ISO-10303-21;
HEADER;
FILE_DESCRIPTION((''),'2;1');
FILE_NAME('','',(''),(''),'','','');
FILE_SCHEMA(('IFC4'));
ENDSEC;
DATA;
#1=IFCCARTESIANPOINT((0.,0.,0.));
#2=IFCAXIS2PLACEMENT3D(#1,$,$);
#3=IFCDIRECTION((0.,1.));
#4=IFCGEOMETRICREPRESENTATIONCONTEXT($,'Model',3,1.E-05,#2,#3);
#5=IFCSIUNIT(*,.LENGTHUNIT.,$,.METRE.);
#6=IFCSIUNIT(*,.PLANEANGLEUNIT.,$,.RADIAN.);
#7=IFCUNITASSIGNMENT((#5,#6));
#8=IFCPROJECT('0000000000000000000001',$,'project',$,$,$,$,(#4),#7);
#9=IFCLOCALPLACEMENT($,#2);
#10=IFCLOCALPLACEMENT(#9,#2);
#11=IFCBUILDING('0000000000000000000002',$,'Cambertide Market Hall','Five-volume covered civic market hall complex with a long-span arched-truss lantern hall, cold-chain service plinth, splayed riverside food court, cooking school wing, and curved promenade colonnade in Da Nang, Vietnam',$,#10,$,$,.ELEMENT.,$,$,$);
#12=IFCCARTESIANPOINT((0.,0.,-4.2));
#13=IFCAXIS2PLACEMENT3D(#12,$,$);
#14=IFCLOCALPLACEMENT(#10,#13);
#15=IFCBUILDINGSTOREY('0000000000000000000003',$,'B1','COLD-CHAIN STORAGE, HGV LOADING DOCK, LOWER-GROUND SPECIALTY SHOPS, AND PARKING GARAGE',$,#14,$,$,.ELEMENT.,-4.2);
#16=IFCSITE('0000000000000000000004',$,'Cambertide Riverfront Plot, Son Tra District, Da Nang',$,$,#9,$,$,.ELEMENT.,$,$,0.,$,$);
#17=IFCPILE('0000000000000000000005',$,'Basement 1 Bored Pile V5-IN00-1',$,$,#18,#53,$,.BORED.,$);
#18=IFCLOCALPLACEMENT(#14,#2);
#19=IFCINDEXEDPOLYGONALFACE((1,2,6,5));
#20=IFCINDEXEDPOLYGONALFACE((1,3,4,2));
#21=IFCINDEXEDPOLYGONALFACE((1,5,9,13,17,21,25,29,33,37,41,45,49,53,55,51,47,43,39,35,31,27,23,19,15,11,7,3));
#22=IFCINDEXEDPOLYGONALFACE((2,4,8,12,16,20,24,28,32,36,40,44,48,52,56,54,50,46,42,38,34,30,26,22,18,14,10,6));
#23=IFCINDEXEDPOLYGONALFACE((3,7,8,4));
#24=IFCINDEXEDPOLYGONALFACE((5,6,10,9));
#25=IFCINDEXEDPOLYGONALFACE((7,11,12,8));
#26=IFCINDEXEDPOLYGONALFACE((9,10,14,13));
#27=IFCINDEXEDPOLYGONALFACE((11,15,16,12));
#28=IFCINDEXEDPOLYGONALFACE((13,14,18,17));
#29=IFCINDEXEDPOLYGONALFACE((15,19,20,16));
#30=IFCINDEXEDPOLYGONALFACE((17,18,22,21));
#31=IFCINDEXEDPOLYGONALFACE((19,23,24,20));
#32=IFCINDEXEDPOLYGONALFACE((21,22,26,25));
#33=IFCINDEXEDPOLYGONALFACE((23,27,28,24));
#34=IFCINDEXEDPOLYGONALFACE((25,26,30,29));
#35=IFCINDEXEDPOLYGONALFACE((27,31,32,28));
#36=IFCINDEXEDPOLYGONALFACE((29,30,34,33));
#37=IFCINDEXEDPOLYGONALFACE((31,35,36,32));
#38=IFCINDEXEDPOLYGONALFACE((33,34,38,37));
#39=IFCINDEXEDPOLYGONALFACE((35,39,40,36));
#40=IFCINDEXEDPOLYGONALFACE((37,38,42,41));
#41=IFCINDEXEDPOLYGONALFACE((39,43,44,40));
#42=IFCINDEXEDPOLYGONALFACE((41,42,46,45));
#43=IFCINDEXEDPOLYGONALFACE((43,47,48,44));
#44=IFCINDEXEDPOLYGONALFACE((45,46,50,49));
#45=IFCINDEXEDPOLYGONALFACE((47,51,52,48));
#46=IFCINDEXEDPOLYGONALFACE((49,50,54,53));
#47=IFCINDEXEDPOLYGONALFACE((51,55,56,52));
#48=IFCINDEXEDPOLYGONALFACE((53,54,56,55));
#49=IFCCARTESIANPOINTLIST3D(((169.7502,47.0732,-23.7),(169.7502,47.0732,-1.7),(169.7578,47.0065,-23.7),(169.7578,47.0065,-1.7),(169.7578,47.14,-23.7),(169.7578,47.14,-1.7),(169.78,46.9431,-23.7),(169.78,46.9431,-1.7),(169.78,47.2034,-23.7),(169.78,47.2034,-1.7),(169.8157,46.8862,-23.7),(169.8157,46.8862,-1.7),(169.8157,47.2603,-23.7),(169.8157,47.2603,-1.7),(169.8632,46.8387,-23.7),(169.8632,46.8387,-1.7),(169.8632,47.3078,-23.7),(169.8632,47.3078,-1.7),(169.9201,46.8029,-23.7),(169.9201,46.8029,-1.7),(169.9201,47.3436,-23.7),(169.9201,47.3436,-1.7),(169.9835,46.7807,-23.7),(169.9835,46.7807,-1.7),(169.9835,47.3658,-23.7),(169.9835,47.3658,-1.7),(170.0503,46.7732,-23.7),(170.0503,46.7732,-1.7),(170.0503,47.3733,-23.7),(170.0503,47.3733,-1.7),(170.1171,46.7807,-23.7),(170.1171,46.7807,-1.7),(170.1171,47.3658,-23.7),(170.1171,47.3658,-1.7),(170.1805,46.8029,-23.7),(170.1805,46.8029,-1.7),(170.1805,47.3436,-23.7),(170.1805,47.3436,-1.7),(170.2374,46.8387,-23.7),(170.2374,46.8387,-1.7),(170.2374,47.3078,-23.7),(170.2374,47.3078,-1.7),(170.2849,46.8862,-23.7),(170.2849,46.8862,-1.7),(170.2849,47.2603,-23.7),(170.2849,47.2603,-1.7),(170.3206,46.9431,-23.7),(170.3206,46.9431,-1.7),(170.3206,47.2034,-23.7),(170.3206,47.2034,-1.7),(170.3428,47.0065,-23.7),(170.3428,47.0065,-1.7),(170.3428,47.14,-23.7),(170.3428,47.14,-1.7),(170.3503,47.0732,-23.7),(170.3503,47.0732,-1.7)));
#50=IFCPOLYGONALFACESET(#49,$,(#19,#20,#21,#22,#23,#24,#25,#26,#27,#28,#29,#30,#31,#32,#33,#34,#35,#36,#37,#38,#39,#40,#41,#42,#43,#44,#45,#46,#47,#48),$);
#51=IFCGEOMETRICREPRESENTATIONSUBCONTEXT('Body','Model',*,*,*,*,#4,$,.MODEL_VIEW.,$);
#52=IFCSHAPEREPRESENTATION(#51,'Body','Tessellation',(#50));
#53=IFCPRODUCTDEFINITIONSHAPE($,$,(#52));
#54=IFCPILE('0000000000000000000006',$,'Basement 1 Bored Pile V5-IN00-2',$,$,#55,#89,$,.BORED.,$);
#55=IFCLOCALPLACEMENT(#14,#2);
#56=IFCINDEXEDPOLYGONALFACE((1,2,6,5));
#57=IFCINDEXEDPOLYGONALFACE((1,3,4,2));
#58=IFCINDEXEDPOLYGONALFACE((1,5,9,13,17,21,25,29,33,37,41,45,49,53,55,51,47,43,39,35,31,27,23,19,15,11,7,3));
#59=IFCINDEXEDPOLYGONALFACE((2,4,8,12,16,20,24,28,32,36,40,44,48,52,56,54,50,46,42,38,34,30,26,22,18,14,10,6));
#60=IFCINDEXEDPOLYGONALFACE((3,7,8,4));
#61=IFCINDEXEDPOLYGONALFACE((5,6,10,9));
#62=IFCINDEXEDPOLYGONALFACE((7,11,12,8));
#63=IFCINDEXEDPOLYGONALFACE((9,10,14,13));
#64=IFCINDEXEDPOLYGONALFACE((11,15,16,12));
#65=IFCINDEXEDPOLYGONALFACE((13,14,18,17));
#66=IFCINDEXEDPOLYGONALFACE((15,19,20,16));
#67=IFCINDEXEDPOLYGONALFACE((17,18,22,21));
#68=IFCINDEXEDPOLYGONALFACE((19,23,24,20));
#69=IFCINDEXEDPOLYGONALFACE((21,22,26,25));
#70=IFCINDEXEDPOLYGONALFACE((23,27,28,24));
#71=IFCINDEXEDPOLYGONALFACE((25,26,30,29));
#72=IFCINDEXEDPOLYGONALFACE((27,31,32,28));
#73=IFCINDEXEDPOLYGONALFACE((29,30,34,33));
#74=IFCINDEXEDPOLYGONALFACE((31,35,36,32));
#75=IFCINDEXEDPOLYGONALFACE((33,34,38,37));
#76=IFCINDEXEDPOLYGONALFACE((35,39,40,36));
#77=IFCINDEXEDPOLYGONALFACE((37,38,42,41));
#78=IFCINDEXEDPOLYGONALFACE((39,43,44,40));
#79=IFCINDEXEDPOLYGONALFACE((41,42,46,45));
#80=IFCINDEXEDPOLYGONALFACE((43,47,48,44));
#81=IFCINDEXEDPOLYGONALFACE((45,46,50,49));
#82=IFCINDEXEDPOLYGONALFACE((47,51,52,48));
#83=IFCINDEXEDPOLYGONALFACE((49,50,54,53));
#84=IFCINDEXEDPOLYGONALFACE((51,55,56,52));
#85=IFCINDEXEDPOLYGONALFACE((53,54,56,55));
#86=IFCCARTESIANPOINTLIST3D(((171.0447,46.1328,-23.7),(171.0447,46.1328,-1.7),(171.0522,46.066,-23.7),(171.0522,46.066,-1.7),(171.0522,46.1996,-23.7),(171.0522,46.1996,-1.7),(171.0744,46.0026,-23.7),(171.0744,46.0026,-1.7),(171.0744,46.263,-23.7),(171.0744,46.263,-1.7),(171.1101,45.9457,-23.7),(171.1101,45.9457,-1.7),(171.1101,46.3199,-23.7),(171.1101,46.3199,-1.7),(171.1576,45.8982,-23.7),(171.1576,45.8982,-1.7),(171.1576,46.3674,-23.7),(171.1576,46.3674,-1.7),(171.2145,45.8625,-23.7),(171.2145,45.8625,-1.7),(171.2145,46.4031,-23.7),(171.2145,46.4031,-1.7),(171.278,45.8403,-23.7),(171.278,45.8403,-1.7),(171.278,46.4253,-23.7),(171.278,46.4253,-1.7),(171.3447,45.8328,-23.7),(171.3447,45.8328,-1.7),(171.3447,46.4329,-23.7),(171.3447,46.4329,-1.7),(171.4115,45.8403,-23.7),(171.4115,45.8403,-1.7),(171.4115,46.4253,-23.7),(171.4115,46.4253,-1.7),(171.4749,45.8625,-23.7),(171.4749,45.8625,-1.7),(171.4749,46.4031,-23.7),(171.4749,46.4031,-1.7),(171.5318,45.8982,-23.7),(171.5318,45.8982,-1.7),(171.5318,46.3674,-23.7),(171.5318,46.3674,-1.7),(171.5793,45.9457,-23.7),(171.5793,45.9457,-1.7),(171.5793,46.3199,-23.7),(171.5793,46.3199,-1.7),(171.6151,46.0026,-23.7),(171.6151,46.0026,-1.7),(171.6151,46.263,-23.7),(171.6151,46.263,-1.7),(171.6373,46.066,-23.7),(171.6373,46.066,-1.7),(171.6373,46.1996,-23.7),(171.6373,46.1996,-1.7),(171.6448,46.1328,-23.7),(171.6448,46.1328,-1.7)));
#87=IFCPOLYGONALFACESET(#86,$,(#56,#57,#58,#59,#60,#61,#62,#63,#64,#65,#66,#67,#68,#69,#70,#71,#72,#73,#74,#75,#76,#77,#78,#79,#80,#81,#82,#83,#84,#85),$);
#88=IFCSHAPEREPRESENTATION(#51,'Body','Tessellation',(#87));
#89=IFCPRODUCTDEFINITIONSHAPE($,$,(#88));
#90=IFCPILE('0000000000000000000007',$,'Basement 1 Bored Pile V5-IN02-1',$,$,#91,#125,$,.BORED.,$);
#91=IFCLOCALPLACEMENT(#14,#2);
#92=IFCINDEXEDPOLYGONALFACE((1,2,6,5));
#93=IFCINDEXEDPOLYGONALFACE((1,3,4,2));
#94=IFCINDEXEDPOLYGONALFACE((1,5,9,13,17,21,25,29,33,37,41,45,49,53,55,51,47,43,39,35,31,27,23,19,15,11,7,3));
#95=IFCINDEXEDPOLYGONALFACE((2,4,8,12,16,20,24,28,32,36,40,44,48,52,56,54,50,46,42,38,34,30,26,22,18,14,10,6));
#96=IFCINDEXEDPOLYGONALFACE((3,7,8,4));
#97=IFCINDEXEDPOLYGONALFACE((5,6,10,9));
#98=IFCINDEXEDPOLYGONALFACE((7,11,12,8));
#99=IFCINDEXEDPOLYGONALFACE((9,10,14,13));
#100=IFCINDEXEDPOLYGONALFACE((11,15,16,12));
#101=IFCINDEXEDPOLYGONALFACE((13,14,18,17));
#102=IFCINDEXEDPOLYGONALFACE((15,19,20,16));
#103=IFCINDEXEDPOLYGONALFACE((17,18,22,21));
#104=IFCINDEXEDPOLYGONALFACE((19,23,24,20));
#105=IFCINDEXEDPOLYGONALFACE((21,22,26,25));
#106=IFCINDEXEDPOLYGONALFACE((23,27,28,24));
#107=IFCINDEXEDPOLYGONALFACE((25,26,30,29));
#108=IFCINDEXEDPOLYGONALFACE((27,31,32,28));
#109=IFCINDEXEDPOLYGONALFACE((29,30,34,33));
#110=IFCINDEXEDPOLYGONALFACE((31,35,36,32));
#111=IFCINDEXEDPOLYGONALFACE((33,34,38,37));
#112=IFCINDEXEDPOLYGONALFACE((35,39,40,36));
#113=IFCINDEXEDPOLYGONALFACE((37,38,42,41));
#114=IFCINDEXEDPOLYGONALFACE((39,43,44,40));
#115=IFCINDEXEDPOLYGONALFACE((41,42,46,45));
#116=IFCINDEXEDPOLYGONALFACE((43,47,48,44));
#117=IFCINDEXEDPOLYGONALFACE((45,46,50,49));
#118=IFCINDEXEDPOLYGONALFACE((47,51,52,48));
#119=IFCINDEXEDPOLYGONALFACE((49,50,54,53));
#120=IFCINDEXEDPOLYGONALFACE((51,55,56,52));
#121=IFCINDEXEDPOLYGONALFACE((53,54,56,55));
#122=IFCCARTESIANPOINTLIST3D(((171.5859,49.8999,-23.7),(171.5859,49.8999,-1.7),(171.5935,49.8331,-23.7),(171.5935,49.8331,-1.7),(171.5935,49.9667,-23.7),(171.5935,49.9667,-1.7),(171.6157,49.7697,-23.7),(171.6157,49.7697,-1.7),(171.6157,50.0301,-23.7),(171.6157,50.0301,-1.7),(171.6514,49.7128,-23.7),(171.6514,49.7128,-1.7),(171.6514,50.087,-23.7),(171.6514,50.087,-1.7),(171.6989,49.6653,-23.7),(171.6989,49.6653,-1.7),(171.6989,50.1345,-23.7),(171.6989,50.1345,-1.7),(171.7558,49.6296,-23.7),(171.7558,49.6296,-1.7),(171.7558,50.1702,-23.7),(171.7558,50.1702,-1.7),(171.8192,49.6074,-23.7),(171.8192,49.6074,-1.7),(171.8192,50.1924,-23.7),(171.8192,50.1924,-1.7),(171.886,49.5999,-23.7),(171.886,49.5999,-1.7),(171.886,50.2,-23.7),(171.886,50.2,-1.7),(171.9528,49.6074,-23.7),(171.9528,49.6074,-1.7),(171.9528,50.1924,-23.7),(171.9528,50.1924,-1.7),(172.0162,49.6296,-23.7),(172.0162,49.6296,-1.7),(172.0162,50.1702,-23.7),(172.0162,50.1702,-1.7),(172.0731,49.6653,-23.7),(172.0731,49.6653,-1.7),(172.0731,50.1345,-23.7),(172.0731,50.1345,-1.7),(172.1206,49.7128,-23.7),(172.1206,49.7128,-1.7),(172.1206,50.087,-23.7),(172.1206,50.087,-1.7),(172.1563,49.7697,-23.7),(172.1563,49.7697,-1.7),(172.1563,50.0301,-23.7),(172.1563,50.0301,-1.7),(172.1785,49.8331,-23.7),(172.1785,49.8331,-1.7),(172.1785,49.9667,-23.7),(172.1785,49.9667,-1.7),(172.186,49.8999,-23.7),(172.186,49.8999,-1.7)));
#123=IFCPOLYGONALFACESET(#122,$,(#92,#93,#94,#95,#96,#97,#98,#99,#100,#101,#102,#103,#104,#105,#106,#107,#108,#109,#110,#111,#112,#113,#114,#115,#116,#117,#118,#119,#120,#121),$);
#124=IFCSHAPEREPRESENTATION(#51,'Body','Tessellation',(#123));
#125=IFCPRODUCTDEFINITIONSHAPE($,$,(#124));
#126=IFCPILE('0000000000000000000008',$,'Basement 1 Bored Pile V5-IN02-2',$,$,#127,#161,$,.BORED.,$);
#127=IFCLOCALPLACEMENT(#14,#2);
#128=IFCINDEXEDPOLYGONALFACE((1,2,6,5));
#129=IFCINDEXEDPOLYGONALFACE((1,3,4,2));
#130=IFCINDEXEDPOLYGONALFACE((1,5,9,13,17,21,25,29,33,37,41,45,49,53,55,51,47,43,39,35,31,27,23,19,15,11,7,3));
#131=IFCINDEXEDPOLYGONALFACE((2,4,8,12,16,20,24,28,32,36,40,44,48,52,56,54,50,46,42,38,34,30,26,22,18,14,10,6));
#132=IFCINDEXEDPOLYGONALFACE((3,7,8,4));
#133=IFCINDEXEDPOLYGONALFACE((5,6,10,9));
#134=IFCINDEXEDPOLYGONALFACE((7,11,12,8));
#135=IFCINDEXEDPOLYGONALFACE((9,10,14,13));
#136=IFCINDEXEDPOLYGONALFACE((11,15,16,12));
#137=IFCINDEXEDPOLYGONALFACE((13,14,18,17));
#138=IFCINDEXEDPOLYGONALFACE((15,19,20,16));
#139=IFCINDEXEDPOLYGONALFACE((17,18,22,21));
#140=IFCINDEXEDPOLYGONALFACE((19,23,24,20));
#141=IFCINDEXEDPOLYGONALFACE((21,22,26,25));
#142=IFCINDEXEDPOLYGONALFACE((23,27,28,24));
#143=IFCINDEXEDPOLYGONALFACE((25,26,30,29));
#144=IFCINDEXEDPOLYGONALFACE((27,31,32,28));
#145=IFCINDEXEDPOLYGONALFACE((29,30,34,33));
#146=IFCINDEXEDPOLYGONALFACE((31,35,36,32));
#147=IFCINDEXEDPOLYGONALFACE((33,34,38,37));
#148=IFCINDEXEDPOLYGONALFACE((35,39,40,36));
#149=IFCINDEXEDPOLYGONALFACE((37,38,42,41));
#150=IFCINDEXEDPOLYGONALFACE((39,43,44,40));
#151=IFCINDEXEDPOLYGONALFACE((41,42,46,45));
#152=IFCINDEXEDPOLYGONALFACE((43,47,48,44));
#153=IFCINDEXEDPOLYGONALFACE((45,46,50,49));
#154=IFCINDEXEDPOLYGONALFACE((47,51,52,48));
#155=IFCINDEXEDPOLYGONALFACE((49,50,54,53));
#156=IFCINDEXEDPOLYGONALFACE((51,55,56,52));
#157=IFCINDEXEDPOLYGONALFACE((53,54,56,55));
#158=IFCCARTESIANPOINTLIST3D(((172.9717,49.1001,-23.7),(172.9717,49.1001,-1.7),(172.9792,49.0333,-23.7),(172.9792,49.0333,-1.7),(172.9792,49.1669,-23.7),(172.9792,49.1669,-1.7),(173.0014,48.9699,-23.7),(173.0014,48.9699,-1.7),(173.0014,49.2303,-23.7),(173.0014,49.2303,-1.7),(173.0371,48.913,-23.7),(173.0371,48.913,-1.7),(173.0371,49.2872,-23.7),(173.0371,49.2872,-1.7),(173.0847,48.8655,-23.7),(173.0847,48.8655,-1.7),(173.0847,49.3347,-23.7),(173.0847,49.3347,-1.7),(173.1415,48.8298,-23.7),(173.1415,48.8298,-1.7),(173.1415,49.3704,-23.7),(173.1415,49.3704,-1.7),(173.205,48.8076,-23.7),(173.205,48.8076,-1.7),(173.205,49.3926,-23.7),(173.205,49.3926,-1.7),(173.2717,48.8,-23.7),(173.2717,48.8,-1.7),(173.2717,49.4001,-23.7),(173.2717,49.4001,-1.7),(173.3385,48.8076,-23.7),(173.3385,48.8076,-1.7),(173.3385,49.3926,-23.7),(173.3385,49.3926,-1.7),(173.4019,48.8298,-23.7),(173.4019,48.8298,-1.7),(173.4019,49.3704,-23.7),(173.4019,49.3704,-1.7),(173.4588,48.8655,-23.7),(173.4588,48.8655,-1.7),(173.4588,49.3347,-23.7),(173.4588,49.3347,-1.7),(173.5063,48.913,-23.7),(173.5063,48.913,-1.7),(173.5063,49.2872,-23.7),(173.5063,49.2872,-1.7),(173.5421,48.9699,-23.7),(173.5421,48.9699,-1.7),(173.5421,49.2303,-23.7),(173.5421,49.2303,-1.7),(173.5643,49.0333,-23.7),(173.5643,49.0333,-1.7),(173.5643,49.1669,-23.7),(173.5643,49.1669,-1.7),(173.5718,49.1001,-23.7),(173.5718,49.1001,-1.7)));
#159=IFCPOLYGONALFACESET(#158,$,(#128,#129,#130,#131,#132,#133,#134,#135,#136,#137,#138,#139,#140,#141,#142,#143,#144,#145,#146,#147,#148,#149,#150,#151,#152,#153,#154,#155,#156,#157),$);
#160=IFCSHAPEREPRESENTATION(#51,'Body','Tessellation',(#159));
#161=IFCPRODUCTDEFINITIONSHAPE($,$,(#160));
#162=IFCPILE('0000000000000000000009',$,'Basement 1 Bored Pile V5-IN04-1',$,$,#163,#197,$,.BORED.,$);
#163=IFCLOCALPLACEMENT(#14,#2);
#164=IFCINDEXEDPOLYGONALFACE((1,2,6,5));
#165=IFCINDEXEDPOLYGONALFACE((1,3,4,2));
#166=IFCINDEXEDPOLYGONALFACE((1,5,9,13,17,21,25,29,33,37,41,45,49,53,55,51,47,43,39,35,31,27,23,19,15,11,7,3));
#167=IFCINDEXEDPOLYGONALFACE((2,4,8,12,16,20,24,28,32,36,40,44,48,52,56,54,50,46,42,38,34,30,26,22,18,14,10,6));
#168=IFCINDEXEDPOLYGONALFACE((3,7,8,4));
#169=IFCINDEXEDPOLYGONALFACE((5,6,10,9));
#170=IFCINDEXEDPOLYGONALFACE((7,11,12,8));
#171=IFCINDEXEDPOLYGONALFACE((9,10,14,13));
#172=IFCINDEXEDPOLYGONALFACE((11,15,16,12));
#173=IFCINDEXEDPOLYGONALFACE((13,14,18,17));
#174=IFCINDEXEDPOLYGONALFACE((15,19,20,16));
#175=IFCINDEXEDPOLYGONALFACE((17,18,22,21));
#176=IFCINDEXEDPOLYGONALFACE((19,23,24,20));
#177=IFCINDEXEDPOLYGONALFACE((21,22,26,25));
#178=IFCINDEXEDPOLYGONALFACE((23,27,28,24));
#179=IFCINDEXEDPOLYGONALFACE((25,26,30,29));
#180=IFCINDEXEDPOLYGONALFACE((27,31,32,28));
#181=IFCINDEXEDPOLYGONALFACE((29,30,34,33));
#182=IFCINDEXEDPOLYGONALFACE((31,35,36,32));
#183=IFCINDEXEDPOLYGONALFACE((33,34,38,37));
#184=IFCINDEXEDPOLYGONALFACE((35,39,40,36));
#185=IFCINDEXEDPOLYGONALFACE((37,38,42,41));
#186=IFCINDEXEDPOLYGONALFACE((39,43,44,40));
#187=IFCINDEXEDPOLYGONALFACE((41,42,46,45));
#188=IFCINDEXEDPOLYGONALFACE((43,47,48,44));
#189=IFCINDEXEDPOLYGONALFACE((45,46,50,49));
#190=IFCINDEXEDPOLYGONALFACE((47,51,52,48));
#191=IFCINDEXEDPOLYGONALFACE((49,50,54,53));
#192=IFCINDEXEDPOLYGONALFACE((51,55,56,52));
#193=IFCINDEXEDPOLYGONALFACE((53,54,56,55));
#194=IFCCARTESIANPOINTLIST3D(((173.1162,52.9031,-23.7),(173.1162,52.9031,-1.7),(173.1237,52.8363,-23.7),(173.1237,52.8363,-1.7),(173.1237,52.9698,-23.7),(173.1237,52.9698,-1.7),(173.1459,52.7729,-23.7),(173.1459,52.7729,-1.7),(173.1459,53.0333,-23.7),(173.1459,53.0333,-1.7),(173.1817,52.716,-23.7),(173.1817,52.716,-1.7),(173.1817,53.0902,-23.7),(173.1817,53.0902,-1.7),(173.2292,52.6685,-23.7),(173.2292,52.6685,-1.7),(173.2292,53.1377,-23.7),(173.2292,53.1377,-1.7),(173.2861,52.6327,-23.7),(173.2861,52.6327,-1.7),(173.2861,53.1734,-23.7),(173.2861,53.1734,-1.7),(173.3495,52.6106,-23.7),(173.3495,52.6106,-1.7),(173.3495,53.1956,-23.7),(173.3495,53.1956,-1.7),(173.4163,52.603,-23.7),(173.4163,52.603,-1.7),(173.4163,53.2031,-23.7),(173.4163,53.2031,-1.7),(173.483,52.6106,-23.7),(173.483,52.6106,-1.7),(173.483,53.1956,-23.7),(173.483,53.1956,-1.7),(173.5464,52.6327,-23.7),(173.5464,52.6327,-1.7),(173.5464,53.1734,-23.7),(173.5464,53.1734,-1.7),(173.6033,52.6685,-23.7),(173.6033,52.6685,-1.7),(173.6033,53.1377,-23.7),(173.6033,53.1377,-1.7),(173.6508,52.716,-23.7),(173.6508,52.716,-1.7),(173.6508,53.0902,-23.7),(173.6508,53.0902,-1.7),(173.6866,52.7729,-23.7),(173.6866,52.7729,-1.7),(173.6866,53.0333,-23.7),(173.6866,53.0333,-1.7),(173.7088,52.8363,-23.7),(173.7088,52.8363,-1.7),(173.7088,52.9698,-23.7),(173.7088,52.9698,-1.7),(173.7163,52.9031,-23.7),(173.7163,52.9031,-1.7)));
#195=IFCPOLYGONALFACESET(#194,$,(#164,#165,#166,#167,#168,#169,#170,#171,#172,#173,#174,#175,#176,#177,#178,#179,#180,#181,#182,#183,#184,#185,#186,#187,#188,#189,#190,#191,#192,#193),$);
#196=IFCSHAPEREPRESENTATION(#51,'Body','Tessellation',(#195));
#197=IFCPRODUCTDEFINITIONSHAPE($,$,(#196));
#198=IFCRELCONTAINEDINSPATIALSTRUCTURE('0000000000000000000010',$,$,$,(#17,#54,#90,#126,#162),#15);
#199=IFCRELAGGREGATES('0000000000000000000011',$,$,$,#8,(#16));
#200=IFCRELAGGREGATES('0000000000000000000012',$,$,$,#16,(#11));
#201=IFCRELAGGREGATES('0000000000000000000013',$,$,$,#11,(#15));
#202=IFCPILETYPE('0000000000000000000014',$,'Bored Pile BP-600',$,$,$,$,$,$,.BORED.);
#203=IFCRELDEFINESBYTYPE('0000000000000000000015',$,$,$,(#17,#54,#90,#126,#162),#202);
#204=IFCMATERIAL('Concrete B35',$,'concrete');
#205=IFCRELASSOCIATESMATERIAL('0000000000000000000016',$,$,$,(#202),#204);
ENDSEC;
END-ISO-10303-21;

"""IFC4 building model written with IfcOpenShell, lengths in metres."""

from ifc_helpers import new_model, si_unit, direction, frame, origin, origin_2d, place, context, subcontext, project, spatial, circle, extrude, material, material_profile, profile_set, type_object, element, save


model = new_model("IFC4")

# Units and contexts
model_context = context("Model", 3, precision=1e-05, world=origin(), true_north=direction((0.0, 1.0)))
body_context = subcontext(model_context, "Body", "Model", "MODEL_VIEW")
ifc_project = project(units=[si_unit("LENGTHUNIT", "METRE"), si_unit("PLANEANGLEUNIT", "RADIAN")], contexts=[model_context])

# Site, building, storey
site_placement = place(None, origin())
site = spatial("IfcSite", under=ifc_project, at=site_placement, Name="Cambertide Riverfront Plot, Son Tra District, Da Nang", CompositionType="ELEMENT", RefElevation=0.0)
building_placement = place(site_placement, origin())
building = spatial("IfcBuilding", under=site, at=building_placement, Name="Cambertide Market Hall", Description="Five-volume covered civic market hall complex with a long-span arched-truss lantern hall, cold-chain service plinth, splayed riverside food court, cooking school wing, and curved promenade colonnade in Da Nang, Vietnam", CompositionType="ELEMENT")
storey_placement = place(building_placement, frame((0.0, 0.0, -4.2)))
storey = spatial("IfcBuildingStorey", under=building, at=storey_placement, Name="B1", Description="COLD-CHAIN STORAGE, HGV LOADING DOCK, LOWER-GROUND SPECIALTY SHOPS, AND PARKING GARAGE", CompositionType="ELEMENT", Elevation=-4.2)

# Piles
ifc_material_1 = material(Name="Concrete B35", Category="concrete")
ifc_material_profile_1 = material_profile(ifc_material_1, circle(Radius=0.3, at=origin_2d()), Name="BP D600")
ifc_profile_set_1 = profile_set([ifc_material_profile_1], Name="Concrete B35")
pile_type_1 = type_object("IfcPileType", Name="Bored Pile BP-600", PredefinedType="BORED", material=ifc_profile_set_1)
for number, where, z_axis, x_axis, name in (
    (1, (170.0503, 47.0732, -1.7), (0.0, 0.0, -1.0), (1.0, 0.0, 0.0), "Basement 1 Bored Pile V5-IN00-1"),
    (2, (171.3447, 46.1328, -1.7), (0.0, 0.0, -1.0), (1.0, 0.0, 0.0), "Basement 1 Bored Pile V5-IN00-2"),
    (3, (171.886, 49.8999, -1.7), (0.0, 0.0, -1.0), (1.0, 0.0, 0.0), "Basement 1 Bored Pile V5-IN02-1"),
    (4, (173.2717, 49.1001, -1.7), (0.0, 0.0, -1.0), (1.0, 0.0, 0.0), "Basement 1 Bored Pile V5-IN02-2"),
    (5, (173.4163, 52.9031, -1.7), (0.0, 0.0, -1.0), (1.0, 0.0, 0.0), "Basement 1 Bored Pile V5-IN04-1"),
):
    element("IfcPile", number, at=place(storey_placement, frame(where, z_axis=z_axis, x_axis=x_axis)), inside=storey, type_object=pile_type_1, Name=name, PredefinedType="BORED", context=body_context, shape_type="SweptSolid", body=[
        extrude(circle(Radius=0.3, at=origin_2d()), origin(), (0.0, 0.0, 1.0), 22.0),
    ])

save(model, "model.ifc")
